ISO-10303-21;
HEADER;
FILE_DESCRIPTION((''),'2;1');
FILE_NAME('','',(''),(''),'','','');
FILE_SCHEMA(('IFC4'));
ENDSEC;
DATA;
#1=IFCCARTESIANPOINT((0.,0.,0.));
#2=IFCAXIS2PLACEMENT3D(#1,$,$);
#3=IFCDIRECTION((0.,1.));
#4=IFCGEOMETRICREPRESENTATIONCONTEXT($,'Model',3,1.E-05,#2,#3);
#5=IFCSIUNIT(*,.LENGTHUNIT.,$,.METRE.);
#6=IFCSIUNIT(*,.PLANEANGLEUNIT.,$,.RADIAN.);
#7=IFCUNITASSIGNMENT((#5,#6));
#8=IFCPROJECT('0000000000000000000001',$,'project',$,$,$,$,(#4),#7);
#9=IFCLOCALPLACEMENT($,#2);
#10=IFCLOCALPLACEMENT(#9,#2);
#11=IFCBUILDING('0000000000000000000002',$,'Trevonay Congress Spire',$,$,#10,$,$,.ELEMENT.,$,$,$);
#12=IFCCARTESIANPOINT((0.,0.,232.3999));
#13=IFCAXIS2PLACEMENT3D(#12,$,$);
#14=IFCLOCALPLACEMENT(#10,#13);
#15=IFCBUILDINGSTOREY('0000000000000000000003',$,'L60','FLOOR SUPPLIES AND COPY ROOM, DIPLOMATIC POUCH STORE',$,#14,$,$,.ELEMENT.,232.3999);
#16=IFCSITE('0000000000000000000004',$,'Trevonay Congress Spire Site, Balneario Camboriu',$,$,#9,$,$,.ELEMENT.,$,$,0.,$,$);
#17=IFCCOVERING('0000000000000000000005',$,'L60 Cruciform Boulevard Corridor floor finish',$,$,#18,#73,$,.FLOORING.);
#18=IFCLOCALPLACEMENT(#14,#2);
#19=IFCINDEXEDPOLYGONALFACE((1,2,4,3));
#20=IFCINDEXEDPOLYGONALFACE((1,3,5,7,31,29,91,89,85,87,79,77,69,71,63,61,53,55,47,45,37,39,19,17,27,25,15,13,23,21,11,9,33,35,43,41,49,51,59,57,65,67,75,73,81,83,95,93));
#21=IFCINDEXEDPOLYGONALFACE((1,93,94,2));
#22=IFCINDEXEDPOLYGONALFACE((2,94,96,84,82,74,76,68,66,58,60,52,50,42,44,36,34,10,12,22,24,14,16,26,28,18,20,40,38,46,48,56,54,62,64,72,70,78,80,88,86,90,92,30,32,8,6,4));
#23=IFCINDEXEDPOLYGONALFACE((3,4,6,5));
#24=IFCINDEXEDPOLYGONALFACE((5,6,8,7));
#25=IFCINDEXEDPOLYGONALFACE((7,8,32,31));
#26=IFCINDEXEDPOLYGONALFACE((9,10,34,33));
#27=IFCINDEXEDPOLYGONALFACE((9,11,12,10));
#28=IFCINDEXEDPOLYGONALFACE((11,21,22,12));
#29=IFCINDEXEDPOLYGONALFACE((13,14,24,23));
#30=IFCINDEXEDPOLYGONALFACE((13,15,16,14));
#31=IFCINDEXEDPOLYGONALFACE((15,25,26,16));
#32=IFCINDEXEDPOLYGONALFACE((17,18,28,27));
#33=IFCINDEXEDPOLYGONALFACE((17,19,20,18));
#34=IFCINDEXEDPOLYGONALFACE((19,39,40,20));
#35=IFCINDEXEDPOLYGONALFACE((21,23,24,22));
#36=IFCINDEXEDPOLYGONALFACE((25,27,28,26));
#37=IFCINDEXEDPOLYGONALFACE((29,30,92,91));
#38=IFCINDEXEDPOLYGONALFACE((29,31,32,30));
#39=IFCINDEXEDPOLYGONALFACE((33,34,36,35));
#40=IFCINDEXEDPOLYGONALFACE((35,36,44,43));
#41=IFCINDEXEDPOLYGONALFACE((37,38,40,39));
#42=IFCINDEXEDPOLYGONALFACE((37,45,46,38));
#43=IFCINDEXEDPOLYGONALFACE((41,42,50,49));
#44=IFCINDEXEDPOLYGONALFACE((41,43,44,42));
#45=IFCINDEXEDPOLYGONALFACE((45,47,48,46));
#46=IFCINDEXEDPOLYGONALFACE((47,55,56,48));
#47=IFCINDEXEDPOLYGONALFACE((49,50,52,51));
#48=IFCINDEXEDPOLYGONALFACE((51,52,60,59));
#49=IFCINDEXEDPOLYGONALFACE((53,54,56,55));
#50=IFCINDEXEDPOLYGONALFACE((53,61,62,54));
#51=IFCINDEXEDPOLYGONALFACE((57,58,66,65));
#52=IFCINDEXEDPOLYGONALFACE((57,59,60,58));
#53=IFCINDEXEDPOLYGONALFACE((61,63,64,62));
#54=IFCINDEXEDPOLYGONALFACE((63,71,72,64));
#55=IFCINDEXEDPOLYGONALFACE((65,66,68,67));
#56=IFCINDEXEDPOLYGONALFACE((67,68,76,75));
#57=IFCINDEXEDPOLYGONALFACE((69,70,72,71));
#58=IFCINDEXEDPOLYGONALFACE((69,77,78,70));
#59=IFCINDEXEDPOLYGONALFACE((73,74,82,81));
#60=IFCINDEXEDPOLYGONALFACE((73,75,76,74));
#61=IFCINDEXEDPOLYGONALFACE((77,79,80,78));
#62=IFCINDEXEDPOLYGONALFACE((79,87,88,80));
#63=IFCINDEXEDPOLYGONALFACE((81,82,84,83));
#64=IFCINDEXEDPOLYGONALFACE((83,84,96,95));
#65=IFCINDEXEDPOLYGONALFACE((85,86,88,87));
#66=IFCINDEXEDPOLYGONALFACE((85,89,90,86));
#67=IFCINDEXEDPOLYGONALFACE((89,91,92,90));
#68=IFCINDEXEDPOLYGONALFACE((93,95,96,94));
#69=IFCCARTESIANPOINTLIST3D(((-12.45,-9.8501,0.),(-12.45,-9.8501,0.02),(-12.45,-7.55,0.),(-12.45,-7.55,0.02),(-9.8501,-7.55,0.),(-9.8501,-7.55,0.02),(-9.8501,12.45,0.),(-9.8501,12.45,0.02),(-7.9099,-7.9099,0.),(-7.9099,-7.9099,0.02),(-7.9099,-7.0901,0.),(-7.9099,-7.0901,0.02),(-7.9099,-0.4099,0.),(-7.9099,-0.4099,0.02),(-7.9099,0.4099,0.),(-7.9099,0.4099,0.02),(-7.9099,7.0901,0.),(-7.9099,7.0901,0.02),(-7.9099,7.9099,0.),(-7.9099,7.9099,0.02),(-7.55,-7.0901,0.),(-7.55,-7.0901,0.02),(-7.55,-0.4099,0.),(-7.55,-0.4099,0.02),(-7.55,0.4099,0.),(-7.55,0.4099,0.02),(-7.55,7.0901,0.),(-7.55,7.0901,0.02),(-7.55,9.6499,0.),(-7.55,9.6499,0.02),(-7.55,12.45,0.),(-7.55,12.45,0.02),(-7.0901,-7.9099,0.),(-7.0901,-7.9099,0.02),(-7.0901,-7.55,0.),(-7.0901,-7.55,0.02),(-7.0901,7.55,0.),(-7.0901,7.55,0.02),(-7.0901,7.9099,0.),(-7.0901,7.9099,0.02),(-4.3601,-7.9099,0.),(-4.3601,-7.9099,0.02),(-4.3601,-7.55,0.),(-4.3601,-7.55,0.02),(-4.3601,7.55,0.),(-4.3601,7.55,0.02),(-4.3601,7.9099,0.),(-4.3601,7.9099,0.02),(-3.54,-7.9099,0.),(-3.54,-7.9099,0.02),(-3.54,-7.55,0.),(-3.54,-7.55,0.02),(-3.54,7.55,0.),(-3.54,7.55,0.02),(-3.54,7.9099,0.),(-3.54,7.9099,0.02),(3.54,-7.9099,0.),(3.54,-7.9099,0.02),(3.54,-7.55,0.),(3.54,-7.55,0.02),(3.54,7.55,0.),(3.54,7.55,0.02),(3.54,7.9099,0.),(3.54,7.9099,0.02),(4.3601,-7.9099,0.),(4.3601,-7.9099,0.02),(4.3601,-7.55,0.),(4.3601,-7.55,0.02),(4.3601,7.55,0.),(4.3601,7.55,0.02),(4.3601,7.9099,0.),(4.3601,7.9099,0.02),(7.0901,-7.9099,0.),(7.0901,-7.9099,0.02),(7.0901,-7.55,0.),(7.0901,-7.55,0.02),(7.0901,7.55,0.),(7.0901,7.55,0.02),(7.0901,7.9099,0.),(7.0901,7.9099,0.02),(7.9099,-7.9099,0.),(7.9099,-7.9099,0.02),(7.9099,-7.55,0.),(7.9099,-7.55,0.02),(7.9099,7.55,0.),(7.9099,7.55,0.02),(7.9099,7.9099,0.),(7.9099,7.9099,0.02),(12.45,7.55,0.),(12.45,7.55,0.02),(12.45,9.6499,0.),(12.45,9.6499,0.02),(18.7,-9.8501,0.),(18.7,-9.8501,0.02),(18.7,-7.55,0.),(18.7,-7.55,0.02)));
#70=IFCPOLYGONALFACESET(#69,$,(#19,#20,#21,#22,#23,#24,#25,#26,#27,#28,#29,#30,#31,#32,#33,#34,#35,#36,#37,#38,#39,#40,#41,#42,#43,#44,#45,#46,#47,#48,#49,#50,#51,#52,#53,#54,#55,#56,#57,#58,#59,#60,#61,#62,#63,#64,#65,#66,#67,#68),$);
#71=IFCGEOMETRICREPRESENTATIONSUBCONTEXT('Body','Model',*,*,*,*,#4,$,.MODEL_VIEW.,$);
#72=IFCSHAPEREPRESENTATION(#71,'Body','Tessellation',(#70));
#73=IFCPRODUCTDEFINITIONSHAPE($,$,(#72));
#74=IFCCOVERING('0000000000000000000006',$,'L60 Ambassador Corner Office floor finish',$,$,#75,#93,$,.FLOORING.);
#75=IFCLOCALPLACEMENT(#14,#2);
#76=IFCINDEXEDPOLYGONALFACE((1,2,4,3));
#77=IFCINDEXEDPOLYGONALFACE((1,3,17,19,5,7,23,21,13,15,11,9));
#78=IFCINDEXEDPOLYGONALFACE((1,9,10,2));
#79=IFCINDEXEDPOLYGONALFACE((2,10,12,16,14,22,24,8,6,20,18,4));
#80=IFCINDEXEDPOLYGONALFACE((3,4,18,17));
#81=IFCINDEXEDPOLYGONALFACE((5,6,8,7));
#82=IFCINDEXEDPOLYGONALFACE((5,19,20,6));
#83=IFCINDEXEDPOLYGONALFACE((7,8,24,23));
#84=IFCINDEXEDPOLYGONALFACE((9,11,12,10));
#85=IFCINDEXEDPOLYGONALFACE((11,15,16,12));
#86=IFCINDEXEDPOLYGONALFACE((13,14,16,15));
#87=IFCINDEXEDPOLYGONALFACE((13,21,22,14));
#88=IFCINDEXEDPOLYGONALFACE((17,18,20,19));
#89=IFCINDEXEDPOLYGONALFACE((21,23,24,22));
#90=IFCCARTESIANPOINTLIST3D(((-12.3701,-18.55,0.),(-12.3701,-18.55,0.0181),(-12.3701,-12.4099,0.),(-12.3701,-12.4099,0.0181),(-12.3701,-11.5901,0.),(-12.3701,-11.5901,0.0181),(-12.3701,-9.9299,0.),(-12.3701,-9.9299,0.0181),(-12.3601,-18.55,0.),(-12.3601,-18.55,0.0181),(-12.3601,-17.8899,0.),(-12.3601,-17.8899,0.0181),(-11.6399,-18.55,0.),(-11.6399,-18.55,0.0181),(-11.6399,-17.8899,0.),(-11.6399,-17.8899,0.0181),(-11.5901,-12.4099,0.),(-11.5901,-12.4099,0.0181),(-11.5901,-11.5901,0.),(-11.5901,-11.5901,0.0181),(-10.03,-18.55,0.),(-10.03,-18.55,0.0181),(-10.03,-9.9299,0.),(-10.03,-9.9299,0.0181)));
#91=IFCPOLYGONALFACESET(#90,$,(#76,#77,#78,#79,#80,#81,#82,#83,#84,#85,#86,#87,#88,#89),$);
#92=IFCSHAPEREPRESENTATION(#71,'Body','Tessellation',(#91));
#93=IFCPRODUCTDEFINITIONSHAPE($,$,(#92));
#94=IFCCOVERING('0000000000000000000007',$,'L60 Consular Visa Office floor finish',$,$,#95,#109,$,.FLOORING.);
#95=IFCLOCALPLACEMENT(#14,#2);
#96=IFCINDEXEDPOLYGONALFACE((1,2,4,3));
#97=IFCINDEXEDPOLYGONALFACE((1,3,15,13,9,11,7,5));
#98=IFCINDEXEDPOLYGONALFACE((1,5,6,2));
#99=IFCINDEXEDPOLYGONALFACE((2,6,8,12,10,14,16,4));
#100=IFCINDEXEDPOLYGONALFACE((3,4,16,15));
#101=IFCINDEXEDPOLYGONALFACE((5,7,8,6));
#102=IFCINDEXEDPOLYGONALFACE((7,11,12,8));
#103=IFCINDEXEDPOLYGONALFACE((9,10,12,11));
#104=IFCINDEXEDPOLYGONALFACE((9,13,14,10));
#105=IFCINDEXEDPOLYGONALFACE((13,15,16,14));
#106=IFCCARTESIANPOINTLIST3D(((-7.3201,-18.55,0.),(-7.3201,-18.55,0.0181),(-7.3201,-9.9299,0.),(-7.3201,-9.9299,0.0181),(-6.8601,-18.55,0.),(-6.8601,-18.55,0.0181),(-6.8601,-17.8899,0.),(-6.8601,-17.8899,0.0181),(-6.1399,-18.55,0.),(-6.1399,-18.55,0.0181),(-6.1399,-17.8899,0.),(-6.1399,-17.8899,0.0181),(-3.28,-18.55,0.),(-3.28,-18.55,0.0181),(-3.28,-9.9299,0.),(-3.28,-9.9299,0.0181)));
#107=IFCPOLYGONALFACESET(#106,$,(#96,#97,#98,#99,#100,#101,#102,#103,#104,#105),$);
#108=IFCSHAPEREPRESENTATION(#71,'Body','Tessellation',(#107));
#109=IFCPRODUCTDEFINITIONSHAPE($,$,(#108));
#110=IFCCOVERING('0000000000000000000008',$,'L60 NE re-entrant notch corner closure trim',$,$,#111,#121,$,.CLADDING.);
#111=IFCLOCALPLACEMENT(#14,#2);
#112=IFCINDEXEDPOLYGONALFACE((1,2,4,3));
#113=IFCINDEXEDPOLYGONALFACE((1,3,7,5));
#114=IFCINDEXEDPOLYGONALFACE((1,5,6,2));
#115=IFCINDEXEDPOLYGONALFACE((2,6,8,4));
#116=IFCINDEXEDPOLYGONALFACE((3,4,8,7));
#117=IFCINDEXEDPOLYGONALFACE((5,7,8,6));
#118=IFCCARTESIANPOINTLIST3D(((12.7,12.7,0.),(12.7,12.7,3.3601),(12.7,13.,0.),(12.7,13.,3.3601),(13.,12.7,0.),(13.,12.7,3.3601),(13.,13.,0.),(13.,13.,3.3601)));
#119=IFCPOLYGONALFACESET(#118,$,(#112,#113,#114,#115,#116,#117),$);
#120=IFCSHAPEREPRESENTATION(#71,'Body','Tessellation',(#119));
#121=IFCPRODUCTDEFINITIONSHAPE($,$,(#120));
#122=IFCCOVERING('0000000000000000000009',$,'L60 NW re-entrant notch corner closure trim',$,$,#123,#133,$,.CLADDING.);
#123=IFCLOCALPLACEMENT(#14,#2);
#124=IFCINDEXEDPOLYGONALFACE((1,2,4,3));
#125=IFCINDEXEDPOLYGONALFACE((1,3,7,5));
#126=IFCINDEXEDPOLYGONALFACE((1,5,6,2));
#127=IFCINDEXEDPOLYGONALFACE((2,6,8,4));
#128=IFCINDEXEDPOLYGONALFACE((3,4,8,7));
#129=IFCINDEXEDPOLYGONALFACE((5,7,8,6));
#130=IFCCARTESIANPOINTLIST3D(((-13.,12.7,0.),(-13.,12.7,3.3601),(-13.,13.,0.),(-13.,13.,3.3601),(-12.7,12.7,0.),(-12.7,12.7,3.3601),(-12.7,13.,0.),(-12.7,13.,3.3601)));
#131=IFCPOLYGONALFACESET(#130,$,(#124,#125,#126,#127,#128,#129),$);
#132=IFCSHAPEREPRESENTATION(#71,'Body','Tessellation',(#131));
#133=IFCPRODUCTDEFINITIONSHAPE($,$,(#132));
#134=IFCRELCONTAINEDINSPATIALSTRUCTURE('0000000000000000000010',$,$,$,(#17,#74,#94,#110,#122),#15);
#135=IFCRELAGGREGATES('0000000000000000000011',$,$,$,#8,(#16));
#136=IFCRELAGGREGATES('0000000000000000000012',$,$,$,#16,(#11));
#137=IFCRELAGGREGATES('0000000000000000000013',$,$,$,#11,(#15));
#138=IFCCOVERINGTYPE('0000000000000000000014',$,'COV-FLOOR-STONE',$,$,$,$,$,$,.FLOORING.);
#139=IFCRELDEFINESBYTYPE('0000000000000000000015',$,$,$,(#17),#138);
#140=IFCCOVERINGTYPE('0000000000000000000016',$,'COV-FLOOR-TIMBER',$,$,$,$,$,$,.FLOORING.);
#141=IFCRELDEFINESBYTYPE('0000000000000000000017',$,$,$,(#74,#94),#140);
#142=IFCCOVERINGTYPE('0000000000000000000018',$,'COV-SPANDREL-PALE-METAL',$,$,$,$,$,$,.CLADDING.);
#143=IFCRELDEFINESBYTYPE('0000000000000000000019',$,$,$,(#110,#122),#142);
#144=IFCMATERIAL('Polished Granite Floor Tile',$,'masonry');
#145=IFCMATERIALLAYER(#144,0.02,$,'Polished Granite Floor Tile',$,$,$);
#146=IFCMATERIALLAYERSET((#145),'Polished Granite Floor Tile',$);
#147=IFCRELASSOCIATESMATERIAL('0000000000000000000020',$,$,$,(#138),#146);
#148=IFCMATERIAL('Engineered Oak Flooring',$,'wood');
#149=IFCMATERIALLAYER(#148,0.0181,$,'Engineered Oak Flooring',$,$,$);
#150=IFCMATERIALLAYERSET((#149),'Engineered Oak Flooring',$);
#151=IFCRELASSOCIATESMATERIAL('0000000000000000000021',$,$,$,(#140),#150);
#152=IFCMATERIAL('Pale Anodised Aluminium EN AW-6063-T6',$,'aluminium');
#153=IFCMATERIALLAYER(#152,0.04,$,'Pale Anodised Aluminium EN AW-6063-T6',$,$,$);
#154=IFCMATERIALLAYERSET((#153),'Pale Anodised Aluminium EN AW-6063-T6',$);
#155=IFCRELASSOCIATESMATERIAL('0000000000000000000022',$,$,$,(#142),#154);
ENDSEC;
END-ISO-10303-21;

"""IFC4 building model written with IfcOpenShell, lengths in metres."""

from ifc_helpers import new_model, si_unit, direction, frame, origin, place, context, subcontext, project, spatial, polyline, outline, extrude, material, layer, layer_set, type_object, element, save


model = new_model("IFC4")

# Units and contexts
model_context = context("Model", 3, precision=1e-05, world=origin(), true_north=direction((0.0, 1.0)))
body_context = subcontext(model_context, "Body", "Model", "MODEL_VIEW")
ifc_project = project(units=[si_unit("LENGTHUNIT", "METRE"), si_unit("PLANEANGLEUNIT", "RADIAN")], contexts=[model_context])

# Site, building, storey
site_placement = place(None, origin())
site = spatial("IfcSite", under=ifc_project, at=site_placement, Name="Trevonay Congress Spire Site, Balneario Camboriu", CompositionType="ELEMENT", RefElevation=0.0)
building_placement = place(site_placement, origin())
building = spatial("IfcBuilding", under=site, at=building_placement, Name="Trevonay Congress Spire", CompositionType="ELEMENT")
storey_placement = place(building_placement, frame((0.0, 0.0, 232.3999)))
storey = spatial("IfcBuildingStorey", under=building, at=storey_placement, Name="L60", Description="FLOOR SUPPLIES AND COPY ROOM, DIPLOMATIC POUCH STORE", CompositionType="ELEMENT", Elevation=232.3999)

# Shared definitions
ifc_material_1 = material(Name="Pale Anodised Aluminium EN AW-6063-T6", Category="aluminium")

# Coverings
ifc_material_2 = material(Name="Polished Granite Floor Tile", Category="masonry")
ifc_layer_1 = layer(ifc_material_2, 0.02, Name="Polished Granite Floor Tile")
ifc_layer_set_1 = layer_set([ifc_layer_1], Name="Polished Granite Floor Tile")
covering_type_1 = type_object("IfcCoveringType", Name="COV-FLOOR-STONE", PredefinedType="FLOORING", material=ifc_layer_set_1)
covering_1_placement = place(storey_placement, origin())
element("IfcCovering", 1, at=covering_1_placement, inside=storey, type_object=covering_type_1, Name="L60 Cruciform Boulevard Corridor floor finish", PredefinedType="FLOORING", context=body_context, shape_type="SweptSolid", body=[
    extrude(outline(polyline([(18.7, -7.55), (18.7, -9.8501), (-12.45, -9.8501), (-12.45, -7.55), (-9.8501, -7.55), (-9.8501, 12.45), (-7.55, 12.45), (-7.55, 9.6499), (12.45, 9.6499), (12.45, 7.55), (7.9099, 7.55), (7.9099, 7.9099), (7.0901, 7.9099), (7.0901, 7.55), (4.3601, 7.55), (4.3601, 7.9099), (3.54, 7.9099), (3.54, 7.55), (-3.54, 7.55), (-3.54, 7.9099), (-4.3601, 7.9099), (-4.3601, 7.55), (-7.0901, 7.55), (-7.0901, 7.9099), (-7.9099, 7.9099), (-7.9099, 7.0901), (-7.55, 7.0901), (-7.55, 0.4099), (-7.9099, 0.4099), (-7.9099, -0.4099), (-7.55, -0.4099), (-7.55, -7.0901), (-7.9099, -7.0901), (-7.9099, -7.9099), (-7.0901, -7.9099), (-7.0901, -7.55), (-4.3601, -7.55), (-4.3601, -7.9099), (-3.54, -7.9099), (-3.54, -7.55), (3.54, -7.55), (3.54, -7.9099), (4.3601, -7.9099), (4.3601, -7.55), (7.0901, -7.55), (7.0901, -7.9099), (7.9099, -7.9099), (7.9099, -7.55), (18.7, -7.55)])), origin(), (0.0, 0.0, 1.0), 0.02),
])
ifc_material_3 = material(Name="Engineered Oak Flooring", Category="wood")
ifc_layer_2 = layer(ifc_material_3, 0.0181, Name="Engineered Oak Flooring")
ifc_layer_set_2 = layer_set([ifc_layer_2], Name="Engineered Oak Flooring")
covering_type_2 = type_object("IfcCoveringType", Name="COV-FLOOR-TIMBER", PredefinedType="FLOORING", material=ifc_layer_set_2)
covering_2_placement = place(storey_placement, origin())
element("IfcCovering", 2, at=covering_2_placement, inside=storey, type_object=covering_type_2, Name="L60 Ambassador Corner Office floor finish", PredefinedType="FLOORING", context=body_context, shape_type="SweptSolid", body=[
    extrude(outline(polyline([(-12.3701, -18.55), (-12.3701, -12.4099), (-11.5901, -12.4099), (-11.5901, -11.5901), (-12.3701, -11.5901), (-12.3701, -9.9299), (-10.03, -9.9299), (-10.03, -18.55), (-11.6399, -18.55), (-11.6399, -17.8899), (-12.3601, -17.8899), (-12.3601, -18.55), (-12.3701, -18.55)])), origin(), (0.0, 0.0, 1.0), 0.0181),
])
covering_3_placement = place(storey_placement, origin())
element("IfcCovering", 3, at=covering_3_placement, inside=storey, type_object=covering_type_2, Name="L60 Consular Visa Office floor finish", PredefinedType="FLOORING", context=body_context, shape_type="SweptSolid", body=[
    extrude(outline(polyline([(-7.3201, -18.55), (-7.3201, -9.9299), (-3.28, -9.9299), (-3.28, -18.55), (-6.1399, -18.55), (-6.1399, -17.8899), (-6.8601, -17.8899), (-6.8601, -18.55), (-7.3201, -18.55)])), origin(), (0.0, 0.0, 1.0), 0.0181),
])
ifc_layer_3 = layer(ifc_material_1, 0.04, Name="Pale Anodised Aluminium EN AW-6063-T6")
ifc_layer_set_3 = layer_set([ifc_layer_3], Name="Pale Anodised Aluminium EN AW-6063-T6")
covering_type_3 = type_object("IfcCoveringType", Name="COV-SPANDREL-PALE-METAL", PredefinedType="CLADDING", material=ifc_layer_set_3)
covering_4_placement = place(storey_placement, origin())
element("IfcCovering", 4, at=covering_4_placement, inside=storey, type_object=covering_type_3, Name="L60 NE re-entrant notch corner closure trim", PredefinedType="CLADDING", context=body_context, shape_type="SweptSolid", body=[
    extrude(outline(polyline([(12.7, 12.7), (13.0, 12.7), (13.0, 13.0), (12.7, 13.0), (12.7, 12.7)])), origin(), (0.0, 0.0, 1.0), 3.3601),
])
covering_5_placement = place(storey_placement, origin())
element("IfcCovering", 5, at=covering_5_placement, inside=storey, type_object=covering_type_3, Name="L60 NW re-entrant notch corner closure trim", PredefinedType="CLADDING", context=body_context, shape_type="SweptSolid", body=[
    extrude(outline(polyline([(-13.0, 12.7), (-12.7, 12.7), (-12.7, 13.0), (-13.0, 13.0), (-13.0, 12.7)])), origin(), (0.0, 0.0, 1.0), 3.3601),
])

save(model, "model.ifc")
